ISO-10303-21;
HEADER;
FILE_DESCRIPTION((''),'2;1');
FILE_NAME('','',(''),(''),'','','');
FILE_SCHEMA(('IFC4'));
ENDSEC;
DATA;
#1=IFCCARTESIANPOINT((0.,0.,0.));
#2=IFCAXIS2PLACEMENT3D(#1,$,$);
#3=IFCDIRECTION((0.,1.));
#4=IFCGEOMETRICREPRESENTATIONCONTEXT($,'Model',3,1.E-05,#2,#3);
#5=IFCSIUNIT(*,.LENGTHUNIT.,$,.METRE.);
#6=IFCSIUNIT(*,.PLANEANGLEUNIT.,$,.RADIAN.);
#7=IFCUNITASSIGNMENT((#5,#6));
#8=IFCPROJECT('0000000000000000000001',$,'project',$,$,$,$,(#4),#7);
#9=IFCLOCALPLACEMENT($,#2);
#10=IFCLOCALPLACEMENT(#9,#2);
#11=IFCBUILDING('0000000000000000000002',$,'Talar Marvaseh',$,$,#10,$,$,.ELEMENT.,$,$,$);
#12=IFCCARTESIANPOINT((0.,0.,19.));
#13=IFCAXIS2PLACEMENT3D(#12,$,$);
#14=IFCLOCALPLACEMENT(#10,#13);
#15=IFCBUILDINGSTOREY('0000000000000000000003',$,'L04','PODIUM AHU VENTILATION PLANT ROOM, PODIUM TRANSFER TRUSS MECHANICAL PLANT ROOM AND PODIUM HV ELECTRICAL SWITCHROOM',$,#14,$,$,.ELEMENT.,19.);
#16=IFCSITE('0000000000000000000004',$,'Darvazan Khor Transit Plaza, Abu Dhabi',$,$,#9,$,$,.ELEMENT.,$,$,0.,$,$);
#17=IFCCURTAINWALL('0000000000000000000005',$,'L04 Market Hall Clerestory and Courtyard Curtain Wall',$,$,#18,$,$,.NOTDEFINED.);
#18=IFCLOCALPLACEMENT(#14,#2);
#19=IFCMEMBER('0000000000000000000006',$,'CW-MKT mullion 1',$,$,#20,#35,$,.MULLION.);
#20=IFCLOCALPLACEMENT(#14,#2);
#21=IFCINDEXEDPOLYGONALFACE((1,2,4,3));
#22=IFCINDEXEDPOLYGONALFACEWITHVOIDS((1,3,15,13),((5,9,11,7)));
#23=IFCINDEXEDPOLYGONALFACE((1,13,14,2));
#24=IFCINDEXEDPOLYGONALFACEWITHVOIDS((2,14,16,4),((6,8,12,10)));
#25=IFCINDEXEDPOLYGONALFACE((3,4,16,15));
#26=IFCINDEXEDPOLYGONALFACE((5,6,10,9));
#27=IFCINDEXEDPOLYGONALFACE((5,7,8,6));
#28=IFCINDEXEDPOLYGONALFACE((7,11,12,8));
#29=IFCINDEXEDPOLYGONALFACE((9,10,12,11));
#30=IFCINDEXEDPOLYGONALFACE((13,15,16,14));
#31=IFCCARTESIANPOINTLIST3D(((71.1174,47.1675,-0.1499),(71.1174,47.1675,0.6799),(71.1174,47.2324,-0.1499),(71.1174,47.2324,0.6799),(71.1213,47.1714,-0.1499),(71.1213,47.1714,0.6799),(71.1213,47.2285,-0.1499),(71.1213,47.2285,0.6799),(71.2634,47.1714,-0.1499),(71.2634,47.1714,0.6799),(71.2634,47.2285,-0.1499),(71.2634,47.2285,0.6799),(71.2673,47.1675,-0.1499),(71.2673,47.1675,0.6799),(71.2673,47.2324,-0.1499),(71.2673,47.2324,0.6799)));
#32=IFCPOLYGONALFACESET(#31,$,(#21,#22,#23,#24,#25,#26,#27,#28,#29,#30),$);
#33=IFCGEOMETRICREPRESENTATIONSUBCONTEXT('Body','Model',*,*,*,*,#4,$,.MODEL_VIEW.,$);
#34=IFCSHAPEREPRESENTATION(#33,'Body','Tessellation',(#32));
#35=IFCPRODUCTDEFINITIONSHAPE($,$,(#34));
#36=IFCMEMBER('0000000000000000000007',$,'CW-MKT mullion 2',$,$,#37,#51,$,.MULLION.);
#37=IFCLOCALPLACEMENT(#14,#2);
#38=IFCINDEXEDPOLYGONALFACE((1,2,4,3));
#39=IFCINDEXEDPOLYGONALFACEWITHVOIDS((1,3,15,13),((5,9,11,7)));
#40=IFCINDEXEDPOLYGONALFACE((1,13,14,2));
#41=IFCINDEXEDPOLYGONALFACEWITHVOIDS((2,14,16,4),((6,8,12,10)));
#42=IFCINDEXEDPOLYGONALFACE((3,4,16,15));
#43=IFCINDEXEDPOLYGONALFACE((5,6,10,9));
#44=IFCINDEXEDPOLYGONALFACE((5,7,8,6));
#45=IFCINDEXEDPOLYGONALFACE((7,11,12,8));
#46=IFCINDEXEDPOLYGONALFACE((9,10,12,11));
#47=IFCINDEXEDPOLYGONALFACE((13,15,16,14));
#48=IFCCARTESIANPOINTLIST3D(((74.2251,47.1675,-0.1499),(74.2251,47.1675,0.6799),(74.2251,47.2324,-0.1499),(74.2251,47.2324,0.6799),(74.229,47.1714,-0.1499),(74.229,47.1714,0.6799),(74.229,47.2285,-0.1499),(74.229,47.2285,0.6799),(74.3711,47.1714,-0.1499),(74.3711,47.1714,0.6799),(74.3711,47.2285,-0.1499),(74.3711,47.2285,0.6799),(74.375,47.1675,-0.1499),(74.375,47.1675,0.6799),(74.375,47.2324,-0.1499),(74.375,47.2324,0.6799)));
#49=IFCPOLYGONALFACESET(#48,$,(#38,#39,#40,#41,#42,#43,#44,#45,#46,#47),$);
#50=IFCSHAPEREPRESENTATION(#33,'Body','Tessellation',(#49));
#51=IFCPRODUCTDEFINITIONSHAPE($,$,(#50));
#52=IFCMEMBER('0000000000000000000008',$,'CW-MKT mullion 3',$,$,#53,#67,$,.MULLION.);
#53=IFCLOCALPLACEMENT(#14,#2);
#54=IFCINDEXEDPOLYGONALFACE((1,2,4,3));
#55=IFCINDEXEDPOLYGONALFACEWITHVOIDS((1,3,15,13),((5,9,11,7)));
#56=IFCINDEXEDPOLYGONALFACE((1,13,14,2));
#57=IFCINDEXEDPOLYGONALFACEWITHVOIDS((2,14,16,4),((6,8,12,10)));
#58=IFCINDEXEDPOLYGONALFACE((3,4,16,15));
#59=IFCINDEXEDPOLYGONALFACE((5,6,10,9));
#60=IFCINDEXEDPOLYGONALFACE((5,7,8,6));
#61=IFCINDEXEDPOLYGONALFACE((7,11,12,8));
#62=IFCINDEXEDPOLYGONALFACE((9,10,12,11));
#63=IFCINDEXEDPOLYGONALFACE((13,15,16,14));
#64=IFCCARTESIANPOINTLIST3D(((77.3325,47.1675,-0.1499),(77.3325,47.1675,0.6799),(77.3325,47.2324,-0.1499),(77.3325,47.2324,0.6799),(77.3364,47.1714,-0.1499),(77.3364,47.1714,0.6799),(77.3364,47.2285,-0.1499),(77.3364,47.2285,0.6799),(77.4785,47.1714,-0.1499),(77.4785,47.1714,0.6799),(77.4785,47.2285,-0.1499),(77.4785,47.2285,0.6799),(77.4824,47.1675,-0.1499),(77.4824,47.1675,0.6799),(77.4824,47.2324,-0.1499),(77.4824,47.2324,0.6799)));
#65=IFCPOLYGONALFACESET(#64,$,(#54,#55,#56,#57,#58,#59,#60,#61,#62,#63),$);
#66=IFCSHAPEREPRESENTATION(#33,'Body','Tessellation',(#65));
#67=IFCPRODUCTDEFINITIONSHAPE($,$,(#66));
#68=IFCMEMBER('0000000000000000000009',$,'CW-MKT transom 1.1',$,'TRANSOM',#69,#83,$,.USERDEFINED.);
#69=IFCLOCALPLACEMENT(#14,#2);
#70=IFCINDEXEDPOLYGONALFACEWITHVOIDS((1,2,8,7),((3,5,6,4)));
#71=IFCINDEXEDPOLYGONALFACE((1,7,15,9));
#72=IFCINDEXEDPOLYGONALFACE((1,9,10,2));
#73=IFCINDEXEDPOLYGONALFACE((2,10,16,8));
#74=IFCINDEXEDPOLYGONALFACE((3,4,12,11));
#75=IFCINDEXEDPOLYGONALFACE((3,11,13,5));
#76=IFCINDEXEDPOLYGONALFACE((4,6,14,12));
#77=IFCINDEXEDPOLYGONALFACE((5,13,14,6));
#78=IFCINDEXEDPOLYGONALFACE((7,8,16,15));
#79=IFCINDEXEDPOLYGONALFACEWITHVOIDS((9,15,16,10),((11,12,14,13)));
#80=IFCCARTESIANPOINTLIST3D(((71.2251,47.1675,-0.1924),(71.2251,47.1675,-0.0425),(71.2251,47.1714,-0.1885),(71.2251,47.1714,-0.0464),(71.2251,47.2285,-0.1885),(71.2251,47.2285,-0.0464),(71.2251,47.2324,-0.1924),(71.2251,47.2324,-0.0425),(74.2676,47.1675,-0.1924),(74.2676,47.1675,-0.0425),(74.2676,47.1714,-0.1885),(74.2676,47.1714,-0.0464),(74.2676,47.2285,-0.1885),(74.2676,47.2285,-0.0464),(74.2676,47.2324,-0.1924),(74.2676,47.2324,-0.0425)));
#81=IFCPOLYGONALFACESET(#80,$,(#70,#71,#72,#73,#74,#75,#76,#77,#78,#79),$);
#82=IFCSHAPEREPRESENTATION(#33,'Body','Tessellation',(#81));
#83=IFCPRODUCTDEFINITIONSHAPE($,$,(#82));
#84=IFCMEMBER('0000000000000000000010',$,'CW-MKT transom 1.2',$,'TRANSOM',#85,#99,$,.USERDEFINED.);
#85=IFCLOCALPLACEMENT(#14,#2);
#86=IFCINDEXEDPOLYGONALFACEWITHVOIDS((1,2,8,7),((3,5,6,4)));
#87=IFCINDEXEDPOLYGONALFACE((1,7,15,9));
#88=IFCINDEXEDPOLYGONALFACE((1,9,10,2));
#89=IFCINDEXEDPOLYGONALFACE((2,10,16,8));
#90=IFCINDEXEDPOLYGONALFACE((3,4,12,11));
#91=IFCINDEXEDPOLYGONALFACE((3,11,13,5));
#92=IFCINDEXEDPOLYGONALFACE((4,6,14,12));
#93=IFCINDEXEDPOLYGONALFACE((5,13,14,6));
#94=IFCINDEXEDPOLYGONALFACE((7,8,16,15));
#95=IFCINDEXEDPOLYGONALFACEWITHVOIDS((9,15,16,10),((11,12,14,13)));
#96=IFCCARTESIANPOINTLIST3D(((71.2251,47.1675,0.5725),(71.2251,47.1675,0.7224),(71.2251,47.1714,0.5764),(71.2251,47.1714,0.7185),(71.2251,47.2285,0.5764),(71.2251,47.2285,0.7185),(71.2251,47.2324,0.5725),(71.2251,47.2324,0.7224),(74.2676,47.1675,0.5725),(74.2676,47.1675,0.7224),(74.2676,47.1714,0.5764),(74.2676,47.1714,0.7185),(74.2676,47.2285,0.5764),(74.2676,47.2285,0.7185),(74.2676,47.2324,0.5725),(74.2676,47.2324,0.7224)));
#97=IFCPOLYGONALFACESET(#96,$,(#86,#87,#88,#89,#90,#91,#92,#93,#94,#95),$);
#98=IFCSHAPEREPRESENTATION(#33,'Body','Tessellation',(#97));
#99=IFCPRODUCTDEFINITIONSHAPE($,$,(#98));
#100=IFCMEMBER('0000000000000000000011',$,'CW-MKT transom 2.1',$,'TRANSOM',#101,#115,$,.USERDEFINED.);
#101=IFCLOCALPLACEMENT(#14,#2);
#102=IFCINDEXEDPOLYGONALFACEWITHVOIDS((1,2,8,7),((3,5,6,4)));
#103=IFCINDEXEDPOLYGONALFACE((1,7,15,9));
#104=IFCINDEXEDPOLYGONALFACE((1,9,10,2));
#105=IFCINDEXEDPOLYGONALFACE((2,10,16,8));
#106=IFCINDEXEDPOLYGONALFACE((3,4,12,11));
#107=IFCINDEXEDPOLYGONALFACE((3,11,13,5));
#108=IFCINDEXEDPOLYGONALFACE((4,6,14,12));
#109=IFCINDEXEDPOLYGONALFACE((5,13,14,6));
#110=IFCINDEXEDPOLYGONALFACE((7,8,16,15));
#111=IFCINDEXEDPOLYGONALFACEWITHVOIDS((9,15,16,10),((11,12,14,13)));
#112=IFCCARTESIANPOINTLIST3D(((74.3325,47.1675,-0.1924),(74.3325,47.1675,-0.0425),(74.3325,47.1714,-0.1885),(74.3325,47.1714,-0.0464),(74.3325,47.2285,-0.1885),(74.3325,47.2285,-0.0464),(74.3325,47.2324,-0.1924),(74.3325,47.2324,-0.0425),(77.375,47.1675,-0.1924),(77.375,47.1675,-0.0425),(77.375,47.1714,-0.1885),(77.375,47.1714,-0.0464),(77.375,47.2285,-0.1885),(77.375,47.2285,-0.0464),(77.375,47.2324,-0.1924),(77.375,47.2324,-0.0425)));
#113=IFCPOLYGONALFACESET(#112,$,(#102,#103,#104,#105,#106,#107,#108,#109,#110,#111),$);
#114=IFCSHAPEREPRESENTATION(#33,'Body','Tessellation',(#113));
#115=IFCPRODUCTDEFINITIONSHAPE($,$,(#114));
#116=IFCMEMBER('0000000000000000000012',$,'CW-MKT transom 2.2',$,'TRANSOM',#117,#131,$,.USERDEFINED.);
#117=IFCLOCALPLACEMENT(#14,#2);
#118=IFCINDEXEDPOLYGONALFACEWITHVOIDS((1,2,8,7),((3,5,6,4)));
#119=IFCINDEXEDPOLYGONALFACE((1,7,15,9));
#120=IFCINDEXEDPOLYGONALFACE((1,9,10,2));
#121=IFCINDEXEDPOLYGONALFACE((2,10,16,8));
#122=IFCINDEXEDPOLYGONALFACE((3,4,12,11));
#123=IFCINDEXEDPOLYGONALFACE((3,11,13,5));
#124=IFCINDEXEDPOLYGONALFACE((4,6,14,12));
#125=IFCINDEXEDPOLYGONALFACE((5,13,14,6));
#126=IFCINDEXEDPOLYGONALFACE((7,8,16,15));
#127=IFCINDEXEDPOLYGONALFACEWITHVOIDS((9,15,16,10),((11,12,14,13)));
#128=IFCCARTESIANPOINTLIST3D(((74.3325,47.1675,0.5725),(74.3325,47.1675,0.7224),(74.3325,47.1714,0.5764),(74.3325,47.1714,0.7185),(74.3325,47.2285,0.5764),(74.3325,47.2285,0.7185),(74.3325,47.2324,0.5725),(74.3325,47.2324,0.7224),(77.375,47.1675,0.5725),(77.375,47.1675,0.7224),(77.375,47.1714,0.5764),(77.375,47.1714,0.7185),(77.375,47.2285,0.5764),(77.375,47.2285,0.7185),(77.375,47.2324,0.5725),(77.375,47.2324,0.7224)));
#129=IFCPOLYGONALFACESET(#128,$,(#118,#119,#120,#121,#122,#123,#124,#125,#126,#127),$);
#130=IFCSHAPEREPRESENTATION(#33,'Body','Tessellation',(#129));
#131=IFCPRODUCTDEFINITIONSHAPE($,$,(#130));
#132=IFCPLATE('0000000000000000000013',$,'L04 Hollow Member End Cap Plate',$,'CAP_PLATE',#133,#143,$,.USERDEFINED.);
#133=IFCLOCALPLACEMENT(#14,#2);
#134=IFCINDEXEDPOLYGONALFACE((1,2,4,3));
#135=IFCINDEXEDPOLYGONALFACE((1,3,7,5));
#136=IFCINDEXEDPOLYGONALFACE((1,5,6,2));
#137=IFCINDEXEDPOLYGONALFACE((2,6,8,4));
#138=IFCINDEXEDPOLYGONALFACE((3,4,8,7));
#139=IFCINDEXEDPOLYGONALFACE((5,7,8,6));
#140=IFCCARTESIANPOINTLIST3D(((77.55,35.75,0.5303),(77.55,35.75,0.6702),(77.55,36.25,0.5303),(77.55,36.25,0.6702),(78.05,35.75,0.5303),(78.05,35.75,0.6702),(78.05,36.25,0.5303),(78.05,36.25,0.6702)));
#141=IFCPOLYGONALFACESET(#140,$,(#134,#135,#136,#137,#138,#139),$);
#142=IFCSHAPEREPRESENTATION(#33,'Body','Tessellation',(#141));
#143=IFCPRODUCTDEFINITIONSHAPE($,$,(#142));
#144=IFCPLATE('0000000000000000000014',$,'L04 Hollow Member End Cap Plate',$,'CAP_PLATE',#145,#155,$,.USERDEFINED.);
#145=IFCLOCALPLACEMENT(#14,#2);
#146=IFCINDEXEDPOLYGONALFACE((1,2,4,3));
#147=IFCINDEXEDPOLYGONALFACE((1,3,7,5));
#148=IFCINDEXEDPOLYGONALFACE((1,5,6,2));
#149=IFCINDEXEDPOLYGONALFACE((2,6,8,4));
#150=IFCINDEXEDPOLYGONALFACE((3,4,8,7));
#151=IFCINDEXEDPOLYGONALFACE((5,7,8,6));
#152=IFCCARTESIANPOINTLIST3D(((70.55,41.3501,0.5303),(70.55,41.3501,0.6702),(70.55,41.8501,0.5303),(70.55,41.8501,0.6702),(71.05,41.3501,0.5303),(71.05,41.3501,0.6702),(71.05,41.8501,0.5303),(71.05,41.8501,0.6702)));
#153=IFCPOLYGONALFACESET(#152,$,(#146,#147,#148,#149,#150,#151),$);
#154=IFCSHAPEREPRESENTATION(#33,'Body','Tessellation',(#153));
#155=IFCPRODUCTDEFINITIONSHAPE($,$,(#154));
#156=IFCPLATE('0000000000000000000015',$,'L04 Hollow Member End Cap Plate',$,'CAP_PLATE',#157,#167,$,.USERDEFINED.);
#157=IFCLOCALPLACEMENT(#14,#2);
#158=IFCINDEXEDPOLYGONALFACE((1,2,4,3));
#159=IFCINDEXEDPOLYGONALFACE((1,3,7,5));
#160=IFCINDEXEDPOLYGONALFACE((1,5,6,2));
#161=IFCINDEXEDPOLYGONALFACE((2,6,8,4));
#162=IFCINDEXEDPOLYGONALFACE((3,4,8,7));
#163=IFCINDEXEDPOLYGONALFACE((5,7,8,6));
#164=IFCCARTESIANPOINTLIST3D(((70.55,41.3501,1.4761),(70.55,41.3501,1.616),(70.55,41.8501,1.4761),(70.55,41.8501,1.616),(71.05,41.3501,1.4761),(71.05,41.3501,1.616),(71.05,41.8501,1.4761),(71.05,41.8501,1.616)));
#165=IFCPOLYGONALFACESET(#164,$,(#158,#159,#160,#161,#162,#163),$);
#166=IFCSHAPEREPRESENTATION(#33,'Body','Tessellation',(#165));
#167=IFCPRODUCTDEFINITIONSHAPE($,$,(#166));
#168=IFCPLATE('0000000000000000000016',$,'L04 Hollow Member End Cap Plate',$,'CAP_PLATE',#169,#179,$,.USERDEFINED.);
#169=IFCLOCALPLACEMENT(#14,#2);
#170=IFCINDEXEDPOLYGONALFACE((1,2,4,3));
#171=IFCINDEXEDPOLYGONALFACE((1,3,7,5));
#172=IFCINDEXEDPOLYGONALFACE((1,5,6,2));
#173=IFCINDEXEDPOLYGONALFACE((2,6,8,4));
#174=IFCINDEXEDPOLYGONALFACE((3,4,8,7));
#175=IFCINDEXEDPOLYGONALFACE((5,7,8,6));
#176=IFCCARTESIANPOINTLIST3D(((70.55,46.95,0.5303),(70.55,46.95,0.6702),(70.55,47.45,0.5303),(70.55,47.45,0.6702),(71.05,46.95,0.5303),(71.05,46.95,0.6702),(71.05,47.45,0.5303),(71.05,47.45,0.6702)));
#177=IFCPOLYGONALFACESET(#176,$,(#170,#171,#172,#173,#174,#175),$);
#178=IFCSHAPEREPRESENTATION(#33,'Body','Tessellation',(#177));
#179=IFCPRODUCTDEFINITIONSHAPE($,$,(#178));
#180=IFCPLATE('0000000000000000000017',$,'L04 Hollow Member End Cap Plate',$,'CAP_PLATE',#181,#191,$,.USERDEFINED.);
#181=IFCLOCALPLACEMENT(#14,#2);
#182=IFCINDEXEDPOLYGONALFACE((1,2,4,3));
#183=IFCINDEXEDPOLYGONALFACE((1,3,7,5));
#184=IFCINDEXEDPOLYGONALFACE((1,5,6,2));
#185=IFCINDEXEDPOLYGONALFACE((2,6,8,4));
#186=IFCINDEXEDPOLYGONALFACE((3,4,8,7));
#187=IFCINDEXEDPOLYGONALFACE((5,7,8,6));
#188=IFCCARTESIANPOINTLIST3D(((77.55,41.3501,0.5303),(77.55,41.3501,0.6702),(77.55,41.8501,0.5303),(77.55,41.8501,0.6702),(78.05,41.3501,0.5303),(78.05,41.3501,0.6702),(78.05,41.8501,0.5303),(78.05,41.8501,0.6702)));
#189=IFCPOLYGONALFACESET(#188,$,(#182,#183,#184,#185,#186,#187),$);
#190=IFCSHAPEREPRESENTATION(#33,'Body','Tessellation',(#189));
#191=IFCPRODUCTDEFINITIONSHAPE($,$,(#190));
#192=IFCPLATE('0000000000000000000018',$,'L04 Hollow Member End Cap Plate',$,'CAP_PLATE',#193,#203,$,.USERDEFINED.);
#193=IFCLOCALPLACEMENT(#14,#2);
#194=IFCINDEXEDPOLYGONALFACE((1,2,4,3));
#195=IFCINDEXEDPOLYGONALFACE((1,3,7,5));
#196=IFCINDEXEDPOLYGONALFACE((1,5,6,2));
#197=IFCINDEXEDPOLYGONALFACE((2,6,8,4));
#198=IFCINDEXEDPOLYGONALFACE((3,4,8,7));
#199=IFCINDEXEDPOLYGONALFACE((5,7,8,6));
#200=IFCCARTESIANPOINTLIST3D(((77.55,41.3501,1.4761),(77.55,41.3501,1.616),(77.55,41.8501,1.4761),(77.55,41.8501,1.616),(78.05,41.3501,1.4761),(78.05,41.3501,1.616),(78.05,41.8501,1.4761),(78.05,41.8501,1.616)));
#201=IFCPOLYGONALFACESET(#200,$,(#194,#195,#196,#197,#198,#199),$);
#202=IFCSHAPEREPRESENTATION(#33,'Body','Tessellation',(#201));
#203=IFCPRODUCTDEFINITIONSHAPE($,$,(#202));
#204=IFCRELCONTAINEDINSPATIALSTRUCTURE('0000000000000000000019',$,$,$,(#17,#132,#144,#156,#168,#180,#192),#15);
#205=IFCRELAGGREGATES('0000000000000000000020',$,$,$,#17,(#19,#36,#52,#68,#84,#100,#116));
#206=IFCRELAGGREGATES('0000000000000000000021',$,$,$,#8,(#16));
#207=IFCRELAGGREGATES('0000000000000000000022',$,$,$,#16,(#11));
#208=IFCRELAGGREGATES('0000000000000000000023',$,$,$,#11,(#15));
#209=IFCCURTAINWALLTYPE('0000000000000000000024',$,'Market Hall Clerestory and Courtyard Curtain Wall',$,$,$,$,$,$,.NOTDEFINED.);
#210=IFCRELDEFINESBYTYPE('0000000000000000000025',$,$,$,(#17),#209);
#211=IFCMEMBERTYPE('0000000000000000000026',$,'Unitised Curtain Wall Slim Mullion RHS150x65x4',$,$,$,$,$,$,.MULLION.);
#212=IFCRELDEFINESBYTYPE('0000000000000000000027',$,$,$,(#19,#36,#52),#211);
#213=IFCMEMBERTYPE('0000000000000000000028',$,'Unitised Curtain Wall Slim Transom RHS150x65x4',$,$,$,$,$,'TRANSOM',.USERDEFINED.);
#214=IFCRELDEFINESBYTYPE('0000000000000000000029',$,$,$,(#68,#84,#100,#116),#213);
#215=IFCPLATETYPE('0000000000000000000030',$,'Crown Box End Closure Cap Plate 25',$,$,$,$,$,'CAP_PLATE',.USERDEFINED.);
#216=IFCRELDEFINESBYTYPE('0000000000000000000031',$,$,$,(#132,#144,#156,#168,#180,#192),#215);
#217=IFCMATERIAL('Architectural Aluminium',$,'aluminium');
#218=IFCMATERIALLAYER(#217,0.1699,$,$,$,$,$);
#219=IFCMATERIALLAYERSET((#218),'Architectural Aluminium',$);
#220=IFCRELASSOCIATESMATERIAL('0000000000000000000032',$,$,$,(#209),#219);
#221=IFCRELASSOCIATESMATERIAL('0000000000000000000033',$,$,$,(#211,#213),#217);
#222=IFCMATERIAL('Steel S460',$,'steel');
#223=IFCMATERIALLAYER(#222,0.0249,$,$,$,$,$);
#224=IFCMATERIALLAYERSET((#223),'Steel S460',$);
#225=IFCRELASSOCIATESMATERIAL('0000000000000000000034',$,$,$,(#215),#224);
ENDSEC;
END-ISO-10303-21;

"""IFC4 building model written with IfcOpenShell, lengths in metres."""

from ifc_helpers import new_model, si_unit, direction, frame, origin, origin_2d, place, context, subcontext, project, spatial, rectangle, hollow_rectangle, extrude, source, transform, mapped, material, layer, layer_set, material_profile, profile_set, type_object, type_shapes, element, aggregate, save


model = new_model("IFC4")

# Units and contexts
model_context = context("Model", 3, precision=1e-05, world=origin(), true_north=direction((0.0, 1.0)))
body_context = subcontext(model_context, "Body", "Model", "MODEL_VIEW")
ifc_project = project(units=[si_unit("LENGTHUNIT", "METRE"), si_unit("PLANEANGLEUNIT", "RADIAN")], contexts=[model_context])

# Site, building, storey
site_placement = place(None, origin())
site = spatial("IfcSite", under=ifc_project, at=site_placement, Name="Darvazan Khor Transit Plaza, Abu Dhabi", CompositionType="ELEMENT", RefElevation=0.0)
building_placement = place(site_placement, origin())
building = spatial("IfcBuilding", under=site, at=building_placement, Name="Talar Marvaseh", CompositionType="ELEMENT")
storey_placement = place(building_placement, frame((0.0, 0.0, 19.0)))
storey = spatial("IfcBuildingStorey", under=building, at=storey_placement, Name="L04", Description="PODIUM AHU VENTILATION PLANT ROOM, PODIUM TRANSFER TRUSS MECHANICAL PLANT ROOM AND PODIUM HV ELECTRICAL SWITCHROOM", CompositionType="ELEMENT", Elevation=19.0)

# Shared definitions
ifc_material_1 = material(Name="Architectural Aluminium", Category="aluminium")
ifc_layer_1 = layer(ifc_material_1, 0.1699)
ifc_layer_set_1 = layer_set([ifc_layer_1], Name="Architectural Aluminium")
curtain_wall_type = type_object("IfcCurtainWallType", Name="Market Hall Clerestory and Courtyard Curtain Wall", PredefinedType="NOTDEFINED", material=ifc_layer_set_1)
ifc_material_profile_1 = material_profile(ifc_material_1, hollow_rectangle(XDim=0.0649, YDim=0.1499, WallThickness=0.0039, at=origin_2d()), Name="RHS150x65x4")
ifc_profile_set_1 = profile_set([ifc_material_profile_1], Name="Architectural Aluminium")
member_type_1 = type_object("IfcMemberType", Name="Unitised Curtain Wall Slim Mullion RHS150x65x4", PredefinedType="MULLION", material=ifc_profile_set_1)
shared_shape_1 = source(origin(), body_context, "Body", "SweptSolid", [
    extrude(hollow_rectangle(XDim=0.0649, YDim=0.1499, WallThickness=0.0039, at=origin_2d()), origin(), (0.0, 0.0, 1.0), 0.8298),
])
type_shapes(member_type_1, [shared_shape_1])

# Curtain wall, members
curtain_wall_1_placement = place(storey_placement, origin())
curtain_wall_1 = element("IfcCurtainWall", 1, at=curtain_wall_1_placement, inside=storey, type_object=curtain_wall_type, Name="L04 Market Hall Clerestory and Courtyard Curtain Wall", PredefinedType="NOTDEFINED")
member_1_placement = place(storey_placement, frame((71.1924, 47.2, -0.1499), z_axis=(0.0, 0.0, 1.0), x_axis=(0.0, 1.0, 0.0)))
member_1 = element("IfcMember", 2, at=member_1_placement, type_object=member_type_1, Name="CW-MKT mullion 1", PredefinedType="MULLION", context=body_context, shape_type="MappedRepresentation", body=[
    mapped(shared_shape_1, transform((0.0, 0.0, 0.0), x_axis=(1.0, 0.0, 0.0), y_axis=(0.0, 1.0, 0.0), z_axis=(0.0, 0.0, 1.0), scale=1.0)),
])
member_2_placement = place(storey_placement, frame((74.3, 47.2, -0.1499), z_axis=(0.0, 0.0, 1.0), x_axis=(0.0, 1.0, 0.0)))
member_2 = element("IfcMember", 3, at=member_2_placement, type_object=member_type_1, Name="CW-MKT mullion 2", PredefinedType="MULLION", context=body_context, shape_type="MappedRepresentation", body=[
    mapped(shared_shape_1, transform((0.0, 0.0, 0.0), x_axis=(1.0, 0.0, 0.0), y_axis=(0.0, 1.0, 0.0), z_axis=(0.0, 0.0, 1.0), scale=1.0)),
])
member_3_placement = place(storey_placement, frame((77.4075, 47.2, -0.1499), z_axis=(0.0, 0.0, 1.0), x_axis=(0.0, 1.0, 0.0)))
member_3 = element("IfcMember", 4, at=member_3_placement, type_object=member_type_1, Name="CW-MKT mullion 3", PredefinedType="MULLION", context=body_context, shape_type="MappedRepresentation", body=[
    mapped(shared_shape_1, transform((0.0, 0.0, 0.0), x_axis=(1.0, 0.0, 0.0), y_axis=(0.0, 1.0, 0.0), z_axis=(0.0, 0.0, 1.0), scale=1.0)),
])
ifc_material_profile_2 = material_profile(ifc_material_1, hollow_rectangle(XDim=0.0649, YDim=0.1499, WallThickness=0.0039, at=origin_2d()), Name="RHS150x65x4")
ifc_profile_set_2 = profile_set([ifc_material_profile_2], Name="Architectural Aluminium")
member_type_2 = type_object("IfcMemberType", Name="Unitised Curtain Wall Slim Transom RHS150x65x4", ElementType="TRANSOM", PredefinedType="USERDEFINED", material=ifc_profile_set_2)
shared_shape_2 = source(origin(), body_context, "Body", "SweptSolid", [
    extrude(hollow_rectangle(XDim=0.0649, YDim=0.1499, WallThickness=0.0039, at=origin_2d()), origin(), (0.0, 0.0, 1.0), 3.0425),
])
type_shapes(member_type_2, [shared_shape_2])
member_4_placement = place(storey_placement, frame((71.2251, 47.2, -0.1174), z_axis=(1.0, 0.0, 0.0), x_axis=(0.0, 1.0, 0.0)))
member_4 = element("IfcMember", 5, at=member_4_placement, type_object=member_type_2, Name="CW-MKT transom 1.1", ObjectType="TRANSOM", PredefinedType="USERDEFINED", context=body_context, shape_type="MappedRepresentation", body=[
    mapped(shared_shape_2, transform((0.0, 0.0, 0.0), x_axis=(1.0, 0.0, 0.0), y_axis=(0.0, 1.0, 0.0), z_axis=(0.0, 0.0, 1.0), scale=1.0)),
])
member_5_placement = place(storey_placement, frame((71.2251, 47.2, 0.6475), z_axis=(1.0, 0.0, 0.0), x_axis=(0.0, 1.0, 0.0)))
member_5 = element("IfcMember", 6, at=member_5_placement, type_object=member_type_2, Name="CW-MKT transom 1.2", ObjectType="TRANSOM", PredefinedType="USERDEFINED", context=body_context, shape_type="MappedRepresentation", body=[
    mapped(shared_shape_2, transform((0.0, 0.0, 0.0), x_axis=(1.0, 0.0, 0.0), y_axis=(0.0, 1.0, 0.0), z_axis=(0.0, 0.0, 1.0), scale=1.0)),
])
member_6_placement = place(storey_placement, frame((74.3325, 47.2, -0.1174), z_axis=(1.0, 0.0, 0.0), x_axis=(0.0, 1.0, 0.0)))
member_6 = element("IfcMember", 7, at=member_6_placement, type_object=member_type_2, Name="CW-MKT transom 2.1", ObjectType="TRANSOM", PredefinedType="USERDEFINED", context=body_context, shape_type="MappedRepresentation", body=[
    mapped(shared_shape_2, transform((0.0, 0.0, 0.0), x_axis=(1.0, 0.0, 0.0), y_axis=(0.0, 1.0, 0.0), z_axis=(0.0, 0.0, 1.0), scale=1.0)),
])
member_7_placement = place(storey_placement, frame((74.3325, 47.2, 0.6475), z_axis=(1.0, 0.0, 0.0), x_axis=(0.0, 1.0, 0.0)))
member_7 = element("IfcMember", 8, at=member_7_placement, type_object=member_type_2, Name="CW-MKT transom 2.2", ObjectType="TRANSOM", PredefinedType="USERDEFINED", context=body_context, shape_type="MappedRepresentation", body=[
    mapped(shared_shape_2, transform((0.0, 0.0, 0.0), x_axis=(1.0, 0.0, 0.0), y_axis=(0.0, 1.0, 0.0), z_axis=(0.0, 0.0, 1.0), scale=1.0)),
])

# Plates
ifc_material_2 = material(Name="Steel S460", Category="steel")
ifc_layer_2 = layer(ifc_material_2, 0.0249)
ifc_layer_set_2 = layer_set([ifc_layer_2], Name="Steel S460")
plate_type_1 = type_object("IfcPlateType", Name="Crown Box End Closure Cap Plate 25", ElementType="CAP_PLATE", PredefinedType="USERDEFINED", material=ifc_layer_set_2)
shared_shape_3 = source(origin(), body_context, "Body", "SweptSolid", [
    extrude(rectangle(XDim=0.5, YDim=0.5, at=origin_2d()), origin(), (0.0, 0.0, 1.0), 0.1399),
])
type_shapes(plate_type_1, [shared_shape_3])
for number, where, z_axis, x_axis, name in (
    (9, (77.8, 36.0, 0.5303), (0.0, 0.0, 1.0), (0.0, 1.0, 0.0), "L04 Hollow Member End Cap Plate"),
    (10, (70.8, 41.6001, 0.5303), (0.0, 0.0, 1.0), (1.0, 0.0, 0.0), "L04 Hollow Member End Cap Plate"),
    (11, (70.8, 41.6001, 1.4761), (0.0, 0.0, 1.0), (1.0, 0.0, 0.0), "L04 Hollow Member End Cap Plate"),
    (12, (70.8, 47.2, 0.5303), (0.0, 0.0, 1.0), (0.0, 1.0, 0.0), "L04 Hollow Member End Cap Plate"),
    (13, (77.8, 41.6001, 0.5303), (0.0, 0.0, 1.0), (1.0, 0.0, 0.0), "L04 Hollow Member End Cap Plate"),
    (14, (77.8, 41.6001, 1.4761), (0.0, 0.0, 1.0), (1.0, 0.0, 0.0), "L04 Hollow Member End Cap Plate"),
):
    element("IfcPlate", number, at=place(storey_placement, frame(where, z_axis=z_axis, x_axis=x_axis)), inside=storey, type_object=plate_type_1, Name=name, ObjectType="CAP_PLATE", PredefinedType="USERDEFINED", context=body_context, shape_type="MappedRepresentation", body=[
        mapped(shared_shape_3, transform((0.0, 0.0, 0.0), x_axis=(1.0, 0.0, 0.0), y_axis=(0.0, 1.0, 0.0), z_axis=(0.0, 0.0, 1.0), scale=1.0)),
    ])

aggregate(curtain_wall_1, [member_1, member_2, member_3, member_4, member_5, member_6, member_7])

save(model, "model.ifc")
